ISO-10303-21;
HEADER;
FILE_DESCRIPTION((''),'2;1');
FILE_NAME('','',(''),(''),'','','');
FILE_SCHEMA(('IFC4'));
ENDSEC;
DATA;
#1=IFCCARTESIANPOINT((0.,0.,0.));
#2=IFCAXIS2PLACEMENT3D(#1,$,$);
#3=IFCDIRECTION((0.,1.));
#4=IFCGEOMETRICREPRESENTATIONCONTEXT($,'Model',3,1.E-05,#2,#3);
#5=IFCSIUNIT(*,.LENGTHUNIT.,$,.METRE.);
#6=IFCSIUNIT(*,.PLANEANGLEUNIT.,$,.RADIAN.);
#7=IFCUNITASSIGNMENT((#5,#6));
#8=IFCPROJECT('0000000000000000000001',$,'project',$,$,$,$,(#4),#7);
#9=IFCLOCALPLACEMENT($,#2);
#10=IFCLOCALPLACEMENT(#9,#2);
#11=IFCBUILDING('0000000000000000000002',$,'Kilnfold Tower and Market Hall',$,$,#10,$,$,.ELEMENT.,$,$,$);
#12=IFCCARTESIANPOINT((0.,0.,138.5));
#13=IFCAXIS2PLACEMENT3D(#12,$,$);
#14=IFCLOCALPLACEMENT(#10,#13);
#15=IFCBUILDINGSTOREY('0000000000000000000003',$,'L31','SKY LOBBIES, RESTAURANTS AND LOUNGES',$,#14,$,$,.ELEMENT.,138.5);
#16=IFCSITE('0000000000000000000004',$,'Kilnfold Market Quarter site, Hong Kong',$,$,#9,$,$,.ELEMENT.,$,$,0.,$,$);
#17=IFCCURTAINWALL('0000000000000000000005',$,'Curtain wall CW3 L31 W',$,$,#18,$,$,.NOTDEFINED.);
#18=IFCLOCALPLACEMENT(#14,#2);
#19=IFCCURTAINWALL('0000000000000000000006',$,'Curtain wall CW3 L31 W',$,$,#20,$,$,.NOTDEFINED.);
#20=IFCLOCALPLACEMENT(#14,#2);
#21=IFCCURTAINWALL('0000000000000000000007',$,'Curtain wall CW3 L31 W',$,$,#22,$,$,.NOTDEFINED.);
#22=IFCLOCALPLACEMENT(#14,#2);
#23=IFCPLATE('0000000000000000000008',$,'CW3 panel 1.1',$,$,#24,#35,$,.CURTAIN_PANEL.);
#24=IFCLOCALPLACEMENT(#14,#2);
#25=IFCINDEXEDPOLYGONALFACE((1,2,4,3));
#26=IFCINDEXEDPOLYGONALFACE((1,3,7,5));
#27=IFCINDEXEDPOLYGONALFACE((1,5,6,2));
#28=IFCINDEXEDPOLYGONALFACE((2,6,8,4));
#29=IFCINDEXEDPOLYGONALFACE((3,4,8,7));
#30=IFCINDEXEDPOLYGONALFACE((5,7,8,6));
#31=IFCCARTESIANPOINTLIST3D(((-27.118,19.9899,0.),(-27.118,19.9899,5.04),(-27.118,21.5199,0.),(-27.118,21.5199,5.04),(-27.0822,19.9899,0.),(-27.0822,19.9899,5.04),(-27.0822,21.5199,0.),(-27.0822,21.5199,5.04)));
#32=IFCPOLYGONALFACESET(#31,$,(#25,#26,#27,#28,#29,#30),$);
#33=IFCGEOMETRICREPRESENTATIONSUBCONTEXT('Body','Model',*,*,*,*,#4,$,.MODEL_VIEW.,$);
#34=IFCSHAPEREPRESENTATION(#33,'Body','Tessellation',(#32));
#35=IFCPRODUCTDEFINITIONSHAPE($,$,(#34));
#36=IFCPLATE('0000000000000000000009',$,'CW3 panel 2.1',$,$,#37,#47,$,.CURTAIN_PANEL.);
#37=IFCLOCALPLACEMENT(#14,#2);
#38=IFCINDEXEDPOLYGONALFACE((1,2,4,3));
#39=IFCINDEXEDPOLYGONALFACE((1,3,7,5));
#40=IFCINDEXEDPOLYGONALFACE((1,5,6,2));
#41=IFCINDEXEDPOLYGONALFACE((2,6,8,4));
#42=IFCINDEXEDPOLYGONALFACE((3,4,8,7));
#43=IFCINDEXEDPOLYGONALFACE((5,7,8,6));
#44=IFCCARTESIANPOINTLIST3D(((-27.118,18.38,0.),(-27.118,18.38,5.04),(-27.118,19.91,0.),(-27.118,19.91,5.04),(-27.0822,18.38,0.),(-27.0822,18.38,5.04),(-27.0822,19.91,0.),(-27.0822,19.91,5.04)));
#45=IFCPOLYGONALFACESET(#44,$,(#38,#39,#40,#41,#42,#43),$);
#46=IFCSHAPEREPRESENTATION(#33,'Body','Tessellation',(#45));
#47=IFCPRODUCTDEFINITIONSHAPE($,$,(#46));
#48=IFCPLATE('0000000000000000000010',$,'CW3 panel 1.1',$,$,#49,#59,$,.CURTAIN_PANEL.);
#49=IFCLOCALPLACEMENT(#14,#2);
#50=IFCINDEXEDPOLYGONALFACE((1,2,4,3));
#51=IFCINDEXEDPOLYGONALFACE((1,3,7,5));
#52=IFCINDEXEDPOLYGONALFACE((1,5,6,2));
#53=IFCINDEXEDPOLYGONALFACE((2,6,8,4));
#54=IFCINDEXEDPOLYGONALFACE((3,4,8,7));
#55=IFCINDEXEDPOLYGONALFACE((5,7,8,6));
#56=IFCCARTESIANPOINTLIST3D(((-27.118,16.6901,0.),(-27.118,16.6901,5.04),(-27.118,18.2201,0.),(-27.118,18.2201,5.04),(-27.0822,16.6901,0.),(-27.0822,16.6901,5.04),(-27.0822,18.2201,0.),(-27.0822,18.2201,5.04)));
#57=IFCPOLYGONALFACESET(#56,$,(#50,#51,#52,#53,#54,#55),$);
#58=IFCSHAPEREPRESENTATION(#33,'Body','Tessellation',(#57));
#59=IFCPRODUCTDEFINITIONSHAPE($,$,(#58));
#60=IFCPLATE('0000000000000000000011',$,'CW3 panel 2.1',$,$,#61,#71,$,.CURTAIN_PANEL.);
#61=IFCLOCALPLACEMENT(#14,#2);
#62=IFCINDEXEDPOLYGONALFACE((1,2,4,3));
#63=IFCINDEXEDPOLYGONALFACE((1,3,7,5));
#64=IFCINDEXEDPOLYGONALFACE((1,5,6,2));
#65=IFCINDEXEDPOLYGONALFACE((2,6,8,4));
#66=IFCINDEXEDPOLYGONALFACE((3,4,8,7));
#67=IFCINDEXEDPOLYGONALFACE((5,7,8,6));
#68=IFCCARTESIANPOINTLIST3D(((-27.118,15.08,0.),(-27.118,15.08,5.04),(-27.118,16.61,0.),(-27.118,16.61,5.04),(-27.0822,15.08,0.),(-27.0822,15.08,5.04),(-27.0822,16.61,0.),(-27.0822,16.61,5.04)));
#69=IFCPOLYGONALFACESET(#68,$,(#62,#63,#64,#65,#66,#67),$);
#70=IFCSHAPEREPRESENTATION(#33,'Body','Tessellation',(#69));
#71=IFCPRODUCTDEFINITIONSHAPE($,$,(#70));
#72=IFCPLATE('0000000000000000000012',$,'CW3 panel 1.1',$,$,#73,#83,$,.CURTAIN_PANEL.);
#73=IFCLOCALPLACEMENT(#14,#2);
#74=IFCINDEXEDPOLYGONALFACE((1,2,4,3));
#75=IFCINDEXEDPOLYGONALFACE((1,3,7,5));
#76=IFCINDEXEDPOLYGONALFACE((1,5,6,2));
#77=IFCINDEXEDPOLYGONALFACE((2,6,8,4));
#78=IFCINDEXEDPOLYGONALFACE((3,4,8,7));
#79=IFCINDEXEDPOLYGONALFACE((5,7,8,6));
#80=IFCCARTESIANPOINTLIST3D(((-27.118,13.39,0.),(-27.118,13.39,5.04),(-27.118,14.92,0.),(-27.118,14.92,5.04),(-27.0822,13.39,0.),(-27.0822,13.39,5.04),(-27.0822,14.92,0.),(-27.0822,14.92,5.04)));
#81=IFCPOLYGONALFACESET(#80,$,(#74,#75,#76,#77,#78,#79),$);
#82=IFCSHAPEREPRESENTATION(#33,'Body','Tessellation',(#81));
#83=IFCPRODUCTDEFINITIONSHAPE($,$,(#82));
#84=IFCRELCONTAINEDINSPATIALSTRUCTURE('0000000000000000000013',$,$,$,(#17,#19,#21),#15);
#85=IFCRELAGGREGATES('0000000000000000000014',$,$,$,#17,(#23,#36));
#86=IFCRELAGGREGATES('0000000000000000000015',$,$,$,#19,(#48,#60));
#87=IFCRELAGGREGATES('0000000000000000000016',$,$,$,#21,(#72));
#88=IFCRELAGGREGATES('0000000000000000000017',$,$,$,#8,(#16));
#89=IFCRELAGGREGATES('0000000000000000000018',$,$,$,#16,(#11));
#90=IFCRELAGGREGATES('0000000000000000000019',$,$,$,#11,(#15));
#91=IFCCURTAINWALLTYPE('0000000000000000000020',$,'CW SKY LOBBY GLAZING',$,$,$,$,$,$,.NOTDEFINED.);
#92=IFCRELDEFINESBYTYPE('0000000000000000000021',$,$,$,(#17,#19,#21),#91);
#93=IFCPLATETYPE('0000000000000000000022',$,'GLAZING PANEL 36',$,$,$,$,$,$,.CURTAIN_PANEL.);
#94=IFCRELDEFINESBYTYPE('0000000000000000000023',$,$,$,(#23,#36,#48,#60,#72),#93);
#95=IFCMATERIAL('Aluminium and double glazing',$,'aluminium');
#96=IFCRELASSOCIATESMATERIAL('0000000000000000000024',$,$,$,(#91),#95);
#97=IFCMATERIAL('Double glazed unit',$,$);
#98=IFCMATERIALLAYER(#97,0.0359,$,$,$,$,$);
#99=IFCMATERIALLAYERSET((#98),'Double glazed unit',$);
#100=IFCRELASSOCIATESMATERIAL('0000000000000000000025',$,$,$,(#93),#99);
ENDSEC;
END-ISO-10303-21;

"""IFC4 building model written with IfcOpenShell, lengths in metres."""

from ifc_helpers import new_model, si_unit, direction, frame, origin, origin_2d, place, context, subcontext, project, spatial, rectangle, extrude, source, transform, mapped, material, layer, layer_set, type_object, element, aggregate, save


model = new_model("IFC4")

# Units and contexts
model_context = context("Model", 3, precision=1e-05, world=origin(), true_north=direction((0.0, 1.0)))
body_context = subcontext(model_context, "Body", "Model", "MODEL_VIEW")
ifc_project = project(units=[si_unit("LENGTHUNIT", "METRE"), si_unit("PLANEANGLEUNIT", "RADIAN")], contexts=[model_context])

# Site, building, storey
site_placement = place(None, origin())
site = spatial("IfcSite", under=ifc_project, at=site_placement, Name="Kilnfold Market Quarter site, Hong Kong", CompositionType="ELEMENT", RefElevation=0.0)
building_placement = place(site_placement, origin())
building = spatial("IfcBuilding", under=site, at=building_placement, Name="Kilnfold Tower and Market Hall", CompositionType="ELEMENT")
storey_placement = place(building_placement, frame((0.0, 0.0, 138.5)))
storey = spatial("IfcBuildingStorey", under=building, at=storey_placement, Name="L31", Description="SKY LOBBIES, RESTAURANTS AND LOUNGES", CompositionType="ELEMENT", Elevation=138.5)

# Curtain walls
ifc_material_1 = material(Name="Aluminium and double glazing", Category="aluminium")
curtain_wall_type = type_object("IfcCurtainWallType", Name="CW SKY LOBBY GLAZING", PredefinedType="NOTDEFINED", material=ifc_material_1)
curtain_wall_1_placement = place(storey_placement, origin())
curtain_wall_1 = element("IfcCurtainWall", 1, at=curtain_wall_1_placement, inside=storey, type_object=curtain_wall_type, Name="Curtain wall CW3 L31 W", PredefinedType="NOTDEFINED")
curtain_wall_2_placement = place(storey_placement, origin())
curtain_wall_2 = element("IfcCurtainWall", 2, at=curtain_wall_2_placement, inside=storey, type_object=curtain_wall_type, Name="Curtain wall CW3 L31 W", PredefinedType="NOTDEFINED")
curtain_wall_3_placement = place(storey_placement, origin())
curtain_wall_3 = element("IfcCurtainWall", 3, at=curtain_wall_3_placement, inside=storey, type_object=curtain_wall_type, Name="Curtain wall CW3 L31 W", PredefinedType="NOTDEFINED")

# Plates
ifc_material_2 = material(Name="Double glazed unit")
ifc_layer_1 = layer(ifc_material_2, 0.0359)
ifc_layer_set_1 = layer_set([ifc_layer_1], Name="Double glazed unit")
plate_type = type_object("IfcPlateType", Name="GLAZING PANEL 36", PredefinedType="CURTAIN_PANEL", material=ifc_layer_set_1)
shared_shape_1 = source(origin(), body_context, "Body", "SweptSolid", [
    extrude(rectangle(XDim=1.53, YDim=0.0359, at=origin_2d()), origin(), (0.0, 0.0, 1.0), 5.04),
])
plate_1_placement = place(storey_placement, frame((-27.1001, 20.7549, 0.0), z_axis=(0.0, 0.0, 1.0), x_axis=(0.0, -1.0, 0.0)))
plate_1 = element("IfcPlate", 4, at=plate_1_placement, type_object=plate_type, Name="CW3 panel 1.1", PredefinedType="CURTAIN_PANEL", context=body_context, shape_type="MappedRepresentation", body=[
    mapped(shared_shape_1, transform((0.0, 0.0, 0.0))),
])
plate_2_placement = place(storey_placement, frame((-27.1001, 19.145, 0.0), z_axis=(0.0, 0.0, 1.0), x_axis=(0.0, -1.0, 0.0)))
plate_2 = element("IfcPlate", 5, at=plate_2_placement, type_object=plate_type, Name="CW3 panel 2.1", PredefinedType="CURTAIN_PANEL", context=body_context, shape_type="MappedRepresentation", body=[
    mapped(shared_shape_1, transform((0.0, 0.0, 0.0))),
])
aggregate(curtain_wall_1, [plate_1, plate_2])
plate_3_placement = place(storey_placement, frame((-27.1001, 17.4551, 0.0), z_axis=(0.0, 0.0, 1.0), x_axis=(0.0, -1.0, 0.0)))
plate_3 = element("IfcPlate", 6, at=plate_3_placement, type_object=plate_type, Name="CW3 panel 1.1", PredefinedType="CURTAIN_PANEL", context=body_context, shape_type="MappedRepresentation", body=[
    mapped(shared_shape_1, transform((0.0, 0.0, 0.0))),
])
plate_4_placement = place(storey_placement, frame((-27.1001, 15.845, 0.0), z_axis=(0.0, 0.0, 1.0), x_axis=(0.0, -1.0, 0.0)))
plate_4 = element("IfcPlate", 7, at=plate_4_placement, type_object=plate_type, Name="CW3 panel 2.1", PredefinedType="CURTAIN_PANEL", context=body_context, shape_type="MappedRepresentation", body=[
    mapped(shared_shape_1, transform((0.0, 0.0, 0.0))),
])
aggregate(curtain_wall_2, [plate_3, plate_4])
plate_5_placement = place(storey_placement, frame((-27.1001, 14.155, 0.0), z_axis=(0.0, 0.0, 1.0), x_axis=(0.0, -1.0, 0.0)))
plate_5 = element("IfcPlate", 8, at=plate_5_placement, type_object=plate_type, Name="CW3 panel 1.1", PredefinedType="CURTAIN_PANEL", context=body_context, shape_type="MappedRepresentation", body=[
    mapped(shared_shape_1, transform((0.0, 0.0, 0.0))),
])
aggregate(curtain_wall_3, [plate_5])

save(model, "model.ifc")
